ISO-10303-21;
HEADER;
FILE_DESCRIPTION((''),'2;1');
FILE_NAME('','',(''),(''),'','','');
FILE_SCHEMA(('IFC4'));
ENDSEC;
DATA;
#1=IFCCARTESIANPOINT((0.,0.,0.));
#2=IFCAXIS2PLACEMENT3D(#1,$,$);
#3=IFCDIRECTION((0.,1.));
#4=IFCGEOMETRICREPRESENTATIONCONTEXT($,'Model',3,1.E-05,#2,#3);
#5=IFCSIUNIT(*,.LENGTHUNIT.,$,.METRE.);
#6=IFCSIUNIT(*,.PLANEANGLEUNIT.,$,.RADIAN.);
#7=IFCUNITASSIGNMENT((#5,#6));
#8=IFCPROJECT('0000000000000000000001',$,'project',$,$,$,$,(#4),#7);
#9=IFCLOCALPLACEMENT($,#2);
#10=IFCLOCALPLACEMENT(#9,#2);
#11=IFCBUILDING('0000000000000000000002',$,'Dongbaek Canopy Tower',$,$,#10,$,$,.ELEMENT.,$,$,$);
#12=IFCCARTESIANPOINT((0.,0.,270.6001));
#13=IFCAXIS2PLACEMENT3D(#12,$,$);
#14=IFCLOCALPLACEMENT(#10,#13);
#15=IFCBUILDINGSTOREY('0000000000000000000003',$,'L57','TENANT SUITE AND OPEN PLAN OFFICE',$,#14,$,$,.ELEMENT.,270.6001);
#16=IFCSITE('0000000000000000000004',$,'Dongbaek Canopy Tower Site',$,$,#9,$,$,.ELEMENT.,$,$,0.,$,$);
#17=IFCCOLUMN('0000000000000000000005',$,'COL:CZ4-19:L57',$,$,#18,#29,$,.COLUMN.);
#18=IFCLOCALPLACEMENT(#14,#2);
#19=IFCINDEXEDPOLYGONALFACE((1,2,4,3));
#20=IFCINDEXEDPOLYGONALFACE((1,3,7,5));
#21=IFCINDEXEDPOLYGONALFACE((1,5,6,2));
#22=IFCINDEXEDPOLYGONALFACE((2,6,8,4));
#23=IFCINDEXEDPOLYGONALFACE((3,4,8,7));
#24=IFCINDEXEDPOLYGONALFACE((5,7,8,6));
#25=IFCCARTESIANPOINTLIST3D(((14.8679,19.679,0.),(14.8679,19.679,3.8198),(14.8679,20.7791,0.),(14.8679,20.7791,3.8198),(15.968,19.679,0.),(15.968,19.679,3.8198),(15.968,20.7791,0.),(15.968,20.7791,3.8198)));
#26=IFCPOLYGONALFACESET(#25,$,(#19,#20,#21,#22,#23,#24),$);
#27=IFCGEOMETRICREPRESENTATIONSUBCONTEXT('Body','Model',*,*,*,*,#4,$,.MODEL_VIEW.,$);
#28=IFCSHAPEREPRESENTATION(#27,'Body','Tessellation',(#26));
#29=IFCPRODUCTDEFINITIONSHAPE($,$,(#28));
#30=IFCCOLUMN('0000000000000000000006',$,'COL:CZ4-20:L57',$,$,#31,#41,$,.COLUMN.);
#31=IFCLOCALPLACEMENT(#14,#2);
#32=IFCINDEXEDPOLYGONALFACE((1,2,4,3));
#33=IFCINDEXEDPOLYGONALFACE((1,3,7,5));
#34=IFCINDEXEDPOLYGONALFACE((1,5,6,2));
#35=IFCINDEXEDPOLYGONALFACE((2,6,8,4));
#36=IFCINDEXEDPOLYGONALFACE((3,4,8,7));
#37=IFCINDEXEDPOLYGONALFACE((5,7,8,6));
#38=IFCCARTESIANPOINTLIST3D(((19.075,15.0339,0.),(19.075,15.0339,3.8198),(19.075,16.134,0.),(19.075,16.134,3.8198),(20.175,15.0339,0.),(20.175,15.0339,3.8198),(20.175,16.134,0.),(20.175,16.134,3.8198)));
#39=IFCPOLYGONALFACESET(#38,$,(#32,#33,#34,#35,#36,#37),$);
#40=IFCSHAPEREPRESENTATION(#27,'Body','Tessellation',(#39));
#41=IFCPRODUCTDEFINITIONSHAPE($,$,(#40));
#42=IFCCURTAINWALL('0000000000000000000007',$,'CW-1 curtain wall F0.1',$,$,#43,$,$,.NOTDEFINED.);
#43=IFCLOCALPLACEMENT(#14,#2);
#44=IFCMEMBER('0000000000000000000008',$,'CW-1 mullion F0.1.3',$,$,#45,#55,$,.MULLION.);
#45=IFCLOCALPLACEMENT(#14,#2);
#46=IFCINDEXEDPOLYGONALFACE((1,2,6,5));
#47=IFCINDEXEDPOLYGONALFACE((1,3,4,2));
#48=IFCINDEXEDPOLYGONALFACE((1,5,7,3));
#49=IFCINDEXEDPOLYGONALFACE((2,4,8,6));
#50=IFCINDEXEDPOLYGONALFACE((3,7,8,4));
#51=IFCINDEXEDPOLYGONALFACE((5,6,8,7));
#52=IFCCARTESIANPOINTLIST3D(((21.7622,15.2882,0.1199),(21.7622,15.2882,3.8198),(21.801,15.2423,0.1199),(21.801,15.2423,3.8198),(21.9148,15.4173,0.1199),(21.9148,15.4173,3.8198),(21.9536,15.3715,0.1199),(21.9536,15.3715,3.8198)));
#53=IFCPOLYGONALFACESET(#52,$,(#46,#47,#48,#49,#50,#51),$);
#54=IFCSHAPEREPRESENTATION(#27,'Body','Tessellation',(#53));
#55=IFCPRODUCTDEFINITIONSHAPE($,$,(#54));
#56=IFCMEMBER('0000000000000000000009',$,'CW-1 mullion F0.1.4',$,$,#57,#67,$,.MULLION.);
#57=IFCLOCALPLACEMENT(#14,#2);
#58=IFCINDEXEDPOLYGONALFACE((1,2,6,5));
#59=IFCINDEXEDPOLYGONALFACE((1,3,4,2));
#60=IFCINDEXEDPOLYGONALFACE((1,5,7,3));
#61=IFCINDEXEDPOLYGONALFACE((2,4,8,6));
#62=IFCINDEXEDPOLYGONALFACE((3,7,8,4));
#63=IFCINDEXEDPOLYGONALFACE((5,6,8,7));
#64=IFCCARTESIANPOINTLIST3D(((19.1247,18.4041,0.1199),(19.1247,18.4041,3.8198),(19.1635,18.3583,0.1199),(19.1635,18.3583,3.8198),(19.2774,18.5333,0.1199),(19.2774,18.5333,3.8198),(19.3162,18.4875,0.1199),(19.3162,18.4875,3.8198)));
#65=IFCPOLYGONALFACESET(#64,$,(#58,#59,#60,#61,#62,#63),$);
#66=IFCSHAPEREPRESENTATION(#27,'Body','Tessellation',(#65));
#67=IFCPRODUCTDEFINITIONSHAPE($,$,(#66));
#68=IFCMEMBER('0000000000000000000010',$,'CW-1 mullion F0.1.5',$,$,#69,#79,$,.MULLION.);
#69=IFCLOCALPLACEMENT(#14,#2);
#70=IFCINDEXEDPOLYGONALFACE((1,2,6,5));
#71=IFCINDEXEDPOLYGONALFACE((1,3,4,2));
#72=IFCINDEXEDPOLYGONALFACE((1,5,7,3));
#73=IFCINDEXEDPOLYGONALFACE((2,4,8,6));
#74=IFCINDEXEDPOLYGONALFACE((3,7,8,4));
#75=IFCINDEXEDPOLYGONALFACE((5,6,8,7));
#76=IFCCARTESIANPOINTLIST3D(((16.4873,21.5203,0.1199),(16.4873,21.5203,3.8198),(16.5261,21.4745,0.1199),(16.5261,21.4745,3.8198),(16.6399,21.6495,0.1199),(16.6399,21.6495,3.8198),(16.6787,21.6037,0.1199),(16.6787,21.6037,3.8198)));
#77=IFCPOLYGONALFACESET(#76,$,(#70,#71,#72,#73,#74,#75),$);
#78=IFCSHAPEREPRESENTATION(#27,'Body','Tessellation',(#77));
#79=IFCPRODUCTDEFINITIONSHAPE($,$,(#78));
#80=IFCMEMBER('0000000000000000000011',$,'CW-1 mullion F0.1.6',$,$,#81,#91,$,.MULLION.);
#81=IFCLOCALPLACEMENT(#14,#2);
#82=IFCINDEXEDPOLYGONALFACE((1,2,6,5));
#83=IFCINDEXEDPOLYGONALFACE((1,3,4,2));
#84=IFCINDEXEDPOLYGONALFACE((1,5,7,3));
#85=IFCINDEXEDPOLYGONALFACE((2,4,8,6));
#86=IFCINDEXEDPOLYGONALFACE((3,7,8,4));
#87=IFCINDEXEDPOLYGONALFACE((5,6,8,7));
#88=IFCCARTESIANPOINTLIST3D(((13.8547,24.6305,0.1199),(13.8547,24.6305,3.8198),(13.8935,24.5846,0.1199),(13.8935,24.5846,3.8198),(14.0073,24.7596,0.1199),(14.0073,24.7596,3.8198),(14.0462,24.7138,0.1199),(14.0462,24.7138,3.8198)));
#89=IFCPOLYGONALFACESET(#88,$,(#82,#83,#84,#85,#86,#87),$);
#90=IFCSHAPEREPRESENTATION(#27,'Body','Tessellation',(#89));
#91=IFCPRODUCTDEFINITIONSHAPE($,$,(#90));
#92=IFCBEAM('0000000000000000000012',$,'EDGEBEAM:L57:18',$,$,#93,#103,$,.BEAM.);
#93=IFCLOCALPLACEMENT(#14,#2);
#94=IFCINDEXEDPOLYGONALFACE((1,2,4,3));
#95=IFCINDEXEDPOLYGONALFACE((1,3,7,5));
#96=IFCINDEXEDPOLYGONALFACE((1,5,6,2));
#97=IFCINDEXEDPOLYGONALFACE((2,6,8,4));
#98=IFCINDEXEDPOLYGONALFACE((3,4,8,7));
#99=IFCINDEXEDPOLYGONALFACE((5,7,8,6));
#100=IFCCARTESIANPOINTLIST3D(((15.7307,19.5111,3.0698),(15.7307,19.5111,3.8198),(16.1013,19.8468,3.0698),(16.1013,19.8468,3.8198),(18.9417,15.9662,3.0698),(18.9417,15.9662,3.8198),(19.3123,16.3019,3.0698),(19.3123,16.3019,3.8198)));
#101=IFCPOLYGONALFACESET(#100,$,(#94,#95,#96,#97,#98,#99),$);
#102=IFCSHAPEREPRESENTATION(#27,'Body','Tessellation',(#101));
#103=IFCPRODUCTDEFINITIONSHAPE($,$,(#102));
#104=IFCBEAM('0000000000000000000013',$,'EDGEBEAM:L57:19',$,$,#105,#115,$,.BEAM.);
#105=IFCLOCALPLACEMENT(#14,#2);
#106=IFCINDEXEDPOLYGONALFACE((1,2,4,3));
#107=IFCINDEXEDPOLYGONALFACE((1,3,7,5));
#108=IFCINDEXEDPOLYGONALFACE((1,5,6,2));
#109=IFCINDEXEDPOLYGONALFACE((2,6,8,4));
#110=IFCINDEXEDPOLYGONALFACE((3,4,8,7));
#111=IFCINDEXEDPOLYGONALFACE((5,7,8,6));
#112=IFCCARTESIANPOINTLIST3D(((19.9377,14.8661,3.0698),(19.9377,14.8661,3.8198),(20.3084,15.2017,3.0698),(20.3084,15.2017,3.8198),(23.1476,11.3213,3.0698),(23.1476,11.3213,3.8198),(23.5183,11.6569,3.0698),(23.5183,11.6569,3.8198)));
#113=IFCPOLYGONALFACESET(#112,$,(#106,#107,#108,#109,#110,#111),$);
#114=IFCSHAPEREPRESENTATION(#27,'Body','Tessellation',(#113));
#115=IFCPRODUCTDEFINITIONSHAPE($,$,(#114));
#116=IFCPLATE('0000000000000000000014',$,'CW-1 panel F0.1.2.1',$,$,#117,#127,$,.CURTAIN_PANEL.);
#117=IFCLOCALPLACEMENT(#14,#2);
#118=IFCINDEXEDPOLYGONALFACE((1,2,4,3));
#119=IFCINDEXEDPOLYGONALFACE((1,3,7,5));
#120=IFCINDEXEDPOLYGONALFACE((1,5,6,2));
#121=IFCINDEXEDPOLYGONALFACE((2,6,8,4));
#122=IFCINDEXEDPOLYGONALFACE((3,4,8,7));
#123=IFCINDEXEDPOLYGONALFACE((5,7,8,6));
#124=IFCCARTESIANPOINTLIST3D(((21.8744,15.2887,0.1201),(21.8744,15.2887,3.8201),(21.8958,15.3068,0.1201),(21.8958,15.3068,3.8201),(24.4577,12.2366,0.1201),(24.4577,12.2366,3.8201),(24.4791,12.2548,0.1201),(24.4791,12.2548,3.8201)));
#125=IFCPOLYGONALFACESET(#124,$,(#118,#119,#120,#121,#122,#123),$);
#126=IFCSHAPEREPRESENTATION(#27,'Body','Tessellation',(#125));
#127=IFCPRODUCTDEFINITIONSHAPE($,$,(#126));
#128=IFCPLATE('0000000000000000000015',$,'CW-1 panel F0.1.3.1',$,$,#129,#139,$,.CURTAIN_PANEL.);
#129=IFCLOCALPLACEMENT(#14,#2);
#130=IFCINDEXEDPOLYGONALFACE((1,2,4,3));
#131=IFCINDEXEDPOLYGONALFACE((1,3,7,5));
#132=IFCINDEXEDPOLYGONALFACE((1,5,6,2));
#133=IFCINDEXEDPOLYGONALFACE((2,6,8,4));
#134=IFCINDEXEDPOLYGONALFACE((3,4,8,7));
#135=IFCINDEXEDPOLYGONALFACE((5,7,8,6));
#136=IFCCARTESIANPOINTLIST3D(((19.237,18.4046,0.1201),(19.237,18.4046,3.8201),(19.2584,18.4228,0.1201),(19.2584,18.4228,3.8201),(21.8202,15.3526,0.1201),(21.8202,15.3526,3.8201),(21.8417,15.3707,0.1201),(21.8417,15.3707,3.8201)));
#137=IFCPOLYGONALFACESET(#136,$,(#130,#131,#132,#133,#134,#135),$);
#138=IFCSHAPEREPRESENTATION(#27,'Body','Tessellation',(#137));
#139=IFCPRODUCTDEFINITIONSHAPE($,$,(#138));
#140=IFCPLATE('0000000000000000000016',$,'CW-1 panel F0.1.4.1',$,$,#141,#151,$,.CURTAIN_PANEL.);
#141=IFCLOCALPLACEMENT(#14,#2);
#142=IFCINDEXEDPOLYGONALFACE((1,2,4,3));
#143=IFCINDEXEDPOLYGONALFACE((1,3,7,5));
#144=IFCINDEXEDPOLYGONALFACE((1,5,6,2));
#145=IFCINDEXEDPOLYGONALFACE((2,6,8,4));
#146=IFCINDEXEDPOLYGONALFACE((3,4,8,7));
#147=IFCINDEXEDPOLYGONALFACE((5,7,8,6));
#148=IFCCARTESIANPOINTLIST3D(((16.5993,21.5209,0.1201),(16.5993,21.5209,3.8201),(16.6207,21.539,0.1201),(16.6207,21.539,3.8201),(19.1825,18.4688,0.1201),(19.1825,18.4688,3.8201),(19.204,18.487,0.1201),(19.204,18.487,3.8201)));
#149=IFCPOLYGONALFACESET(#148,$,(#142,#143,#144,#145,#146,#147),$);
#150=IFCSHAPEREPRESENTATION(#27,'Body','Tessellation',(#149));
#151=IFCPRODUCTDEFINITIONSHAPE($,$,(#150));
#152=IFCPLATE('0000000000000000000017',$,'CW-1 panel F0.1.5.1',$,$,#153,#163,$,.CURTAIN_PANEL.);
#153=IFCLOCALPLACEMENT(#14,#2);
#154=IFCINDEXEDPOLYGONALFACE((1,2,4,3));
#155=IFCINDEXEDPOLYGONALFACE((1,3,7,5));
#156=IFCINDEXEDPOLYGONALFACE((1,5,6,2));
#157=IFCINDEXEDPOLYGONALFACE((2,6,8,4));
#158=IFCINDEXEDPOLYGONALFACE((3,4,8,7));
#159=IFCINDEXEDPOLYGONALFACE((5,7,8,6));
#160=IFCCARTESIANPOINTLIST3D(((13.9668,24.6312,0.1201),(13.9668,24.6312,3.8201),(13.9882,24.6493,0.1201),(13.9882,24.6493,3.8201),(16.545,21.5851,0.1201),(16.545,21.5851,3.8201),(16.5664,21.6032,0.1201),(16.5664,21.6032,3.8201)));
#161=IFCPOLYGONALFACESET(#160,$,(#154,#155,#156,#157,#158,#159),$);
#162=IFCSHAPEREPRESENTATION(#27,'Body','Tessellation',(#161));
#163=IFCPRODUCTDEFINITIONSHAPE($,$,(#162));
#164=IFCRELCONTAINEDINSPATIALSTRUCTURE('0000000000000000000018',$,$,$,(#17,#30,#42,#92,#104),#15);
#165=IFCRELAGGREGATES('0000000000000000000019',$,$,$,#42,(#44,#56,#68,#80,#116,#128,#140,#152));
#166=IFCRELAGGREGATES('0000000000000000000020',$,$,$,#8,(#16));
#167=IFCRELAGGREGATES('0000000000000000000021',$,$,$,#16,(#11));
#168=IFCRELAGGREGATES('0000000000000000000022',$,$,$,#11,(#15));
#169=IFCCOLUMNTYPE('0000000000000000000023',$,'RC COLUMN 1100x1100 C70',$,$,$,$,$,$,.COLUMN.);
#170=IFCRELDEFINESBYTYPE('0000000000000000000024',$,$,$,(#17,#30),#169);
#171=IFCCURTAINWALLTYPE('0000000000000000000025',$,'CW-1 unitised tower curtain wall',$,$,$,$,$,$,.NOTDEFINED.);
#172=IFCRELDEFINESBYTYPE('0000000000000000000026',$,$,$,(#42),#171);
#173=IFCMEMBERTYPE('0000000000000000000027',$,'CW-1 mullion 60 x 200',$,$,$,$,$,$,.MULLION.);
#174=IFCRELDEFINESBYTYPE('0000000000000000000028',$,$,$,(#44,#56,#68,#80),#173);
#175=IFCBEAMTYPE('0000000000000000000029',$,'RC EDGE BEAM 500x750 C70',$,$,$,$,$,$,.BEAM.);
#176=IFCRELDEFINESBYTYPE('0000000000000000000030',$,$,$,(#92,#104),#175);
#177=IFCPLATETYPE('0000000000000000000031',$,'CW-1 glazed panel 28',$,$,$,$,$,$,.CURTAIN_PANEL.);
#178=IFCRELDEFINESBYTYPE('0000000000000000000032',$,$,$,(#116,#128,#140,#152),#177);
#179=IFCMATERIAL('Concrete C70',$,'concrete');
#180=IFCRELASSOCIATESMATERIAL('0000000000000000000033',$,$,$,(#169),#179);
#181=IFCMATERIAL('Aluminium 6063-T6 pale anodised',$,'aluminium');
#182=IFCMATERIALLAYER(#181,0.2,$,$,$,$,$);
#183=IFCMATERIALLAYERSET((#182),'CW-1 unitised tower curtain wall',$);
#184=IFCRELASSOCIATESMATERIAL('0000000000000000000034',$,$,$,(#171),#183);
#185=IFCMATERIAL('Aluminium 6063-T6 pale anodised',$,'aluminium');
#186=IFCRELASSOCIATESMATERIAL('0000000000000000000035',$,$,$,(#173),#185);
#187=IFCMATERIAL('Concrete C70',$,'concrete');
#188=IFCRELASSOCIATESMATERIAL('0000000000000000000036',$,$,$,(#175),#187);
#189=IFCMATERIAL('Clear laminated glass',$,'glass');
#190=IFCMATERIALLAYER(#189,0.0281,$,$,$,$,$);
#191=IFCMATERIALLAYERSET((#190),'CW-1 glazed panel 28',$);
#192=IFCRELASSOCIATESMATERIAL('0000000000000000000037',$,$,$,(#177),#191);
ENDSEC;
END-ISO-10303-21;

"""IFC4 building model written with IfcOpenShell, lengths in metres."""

from ifc_helpers import new_model, si_unit, direction, frame, origin, origin_2d, place, context, subcontext, project, spatial, rectangle, extrude, material, layer, layer_set, material_profile, profile_set, type_object, element, aggregate, save


model = new_model("IFC4")

# Units and contexts
model_context = context("Model", 3, precision=1e-05, world=origin(), true_north=direction((0.0, 1.0)))
body_context = subcontext(model_context, "Body", "Model", "MODEL_VIEW")
ifc_project = project(units=[si_unit("LENGTHUNIT", "METRE"), si_unit("PLANEANGLEUNIT", "RADIAN")], contexts=[model_context])

# Site, building, storey
site_placement = place(None, origin())
site = spatial("IfcSite", under=ifc_project, at=site_placement, Name="Dongbaek Canopy Tower Site", CompositionType="ELEMENT", RefElevation=0.0)
building_placement = place(site_placement, origin())
building = spatial("IfcBuilding", under=site, at=building_placement, Name="Dongbaek Canopy Tower", CompositionType="ELEMENT")
storey_placement = place(building_placement, frame((0.0, 0.0, 270.6001)))
storey = spatial("IfcBuildingStorey", under=building, at=storey_placement, Name="L57", Description="TENANT SUITE AND OPEN PLAN OFFICE", CompositionType="ELEMENT", Elevation=270.6001)

# Columns
ifc_material_1 = material(Name="Concrete C70", Category="concrete")
ifc_material_profile_1 = material_profile(ifc_material_1, rectangle(XDim=1.1001, YDim=1.1001, at=origin_2d()), Name="RC COLUMN 1100x1100 C70")
ifc_profile_set_1 = profile_set([ifc_material_profile_1], Name="Concrete C70")
column_type = type_object("IfcColumnType", Name="RC COLUMN 1100x1100 C70", PredefinedType="COLUMN", material=ifc_profile_set_1)
for number, where, z_axis, x_axis, name in (
    (1, (15.418, 20.229, 0.0), (0.0, 0.0, 1.0), (1.0, 0.0, 0.0), "COL:CZ4-19:L57"),
    (2, (19.625, 15.584, 0.0), (0.0, 0.0, 1.0), (1.0, 0.0, 0.0), "COL:CZ4-20:L57"),
):
    element("IfcColumn", number, at=place(storey_placement, frame(where, z_axis=z_axis, x_axis=x_axis)), inside=storey, type_object=column_type, Name=name, PredefinedType="COLUMN", context=body_context, shape_type="SweptSolid", body=[
        extrude(rectangle(XDim=1.1001, YDim=1.1001, at=origin_2d()), origin(), (0.0, 0.0, 1.0), 3.8198),
    ])

# Curtain wall, members
ifc_material_2 = material(Name="Aluminium 6063-T6 pale anodised", Category="aluminium")
ifc_layer_1 = layer(ifc_material_2, 0.2)
ifc_layer_set_1 = layer_set([ifc_layer_1], Name="CW-1 unitised tower curtain wall")
curtain_wall_type = type_object("IfcCurtainWallType", Name="CW-1 unitised tower curtain wall", PredefinedType="NOTDEFINED", material=ifc_layer_set_1)
curtain_wall_1_placement = place(storey_placement, origin())
curtain_wall_1 = element("IfcCurtainWall", 3, at=curtain_wall_1_placement, inside=storey, type_object=curtain_wall_type, Name="CW-1 curtain wall F0.1", PredefinedType="NOTDEFINED")
ifc_material_3 = material(Name="Aluminium 6063-T6 pale anodised", Category="aluminium")
ifc_material_profile_2 = material_profile(ifc_material_3, rectangle(XDim=0.2, YDim=0.0601, at=origin_2d()), Name="CW-1 mullion 60 x 200")
ifc_profile_set_2 = profile_set([ifc_material_profile_2], Name="Aluminium 6063-T6 pale anodised")
member_type = type_object("IfcMemberType", Name="CW-1 mullion 60 x 200", PredefinedType="MULLION", material=ifc_profile_set_2)
member_1_placement = place(storey_placement, frame((21.8579, 15.3298, 0.1199), z_axis=(0.0, 0.0, 1.0), x_axis=(0.763291, 0.646055, 0.0)))
member_1 = element("IfcMember", 4, at=member_1_placement, type_object=member_type, Name="CW-1 mullion F0.1.3", PredefinedType="MULLION", context=body_context, shape_type="SweptSolid", body=[
    extrude(rectangle(XDim=0.2, YDim=0.0601, at=origin_2d()), origin(), (0.0, 0.0, 1.0), 3.7),
])
member_2_placement = place(storey_placement, frame((19.2205, 18.4458, 0.1199), z_axis=(0.0, 0.0, 1.0), x_axis=(0.763291, 0.646055, 0.0)))
member_2 = element("IfcMember", 5, at=member_2_placement, type_object=member_type, Name="CW-1 mullion F0.1.4", PredefinedType="MULLION", context=body_context, shape_type="SweptSolid", body=[
    extrude(rectangle(XDim=0.2, YDim=0.0601, at=origin_2d()), origin(), (0.0, 0.0, 1.0), 3.7),
])
member_3_placement = place(storey_placement, frame((16.583, 21.562, 0.1199), z_axis=(0.0, 0.0, 1.0), x_axis=(0.763291, 0.646055, 0.0)))
member_3 = element("IfcMember", 6, at=member_3_placement, type_object=member_type, Name="CW-1 mullion F0.1.5", PredefinedType="MULLION", context=body_context, shape_type="SweptSolid", body=[
    extrude(rectangle(XDim=0.2, YDim=0.0601, at=origin_2d()), origin(), (0.0, 0.0, 1.0), 3.7),
])
member_4_placement = place(storey_placement, frame((13.9504, 24.6721, 0.1199), z_axis=(0.0, 0.0, 1.0), x_axis=(0.763291, 0.646055, 0.0)))
member_4 = element("IfcMember", 7, at=member_4_placement, type_object=member_type, Name="CW-1 mullion F0.1.6", PredefinedType="MULLION", context=body_context, shape_type="SweptSolid", body=[
    extrude(rectangle(XDim=0.2, YDim=0.0601, at=origin_2d()), origin(), (0.0, 0.0, 1.0), 3.7),
])

# Beams
ifc_material_4 = material(Name="Concrete C70", Category="concrete")
ifc_material_profile_3 = material_profile(ifc_material_4, rectangle(XDim=0.5, YDim=0.75, at=origin_2d()), Name="RC EDGE BEAM 500x750 C70")
ifc_profile_set_3 = profile_set([ifc_material_profile_3], Name="Concrete C70")
beam_type = type_object("IfcBeamType", Name="RC EDGE BEAM 500x750 C70", PredefinedType="BEAM", material=ifc_profile_set_3)
beam_1_placement = place(storey_placement, frame((15.916, 19.679, 3.4448), z_axis=(0.67133, -0.741158, 0.0), x_axis=(0.741158, 0.67133, 0.0)))
element("IfcBeam", 8, at=beam_1_placement, inside=storey, type_object=beam_type, Name="EDGEBEAM:L57:18", PredefinedType="BEAM", context=body_context, shape_type="SweptSolid", body=[
    extrude(rectangle(XDim=0.5, YDim=0.75, at=origin_2d()), origin(), (0.0, 0.0, 1.0), 4.783),
])
beam_2_placement = place(storey_placement, frame((20.123, 15.0339, 3.4448), z_axis=(0.671218, -0.74126, 0.0), x_axis=(0.74126, 0.671218, 0.0)))
element("IfcBeam", 9, at=beam_2_placement, inside=storey, type_object=beam_type, Name="EDGEBEAM:L57:19", PredefinedType="BEAM", context=body_context, shape_type="SweptSolid", body=[
    extrude(rectangle(XDim=0.5, YDim=0.75, at=origin_2d()), origin(), (0.0, 0.0, 1.0), 4.7822),
])

# Plates
ifc_material_5 = material(Name="Clear laminated glass", Category="glass")
ifc_layer_2 = layer(ifc_material_5, 0.0281)
ifc_layer_set_2 = layer_set([ifc_layer_2], Name="CW-1 glazed panel 28")
plate_type = type_object("IfcPlateType", Name="CW-1 glazed panel 28", PredefinedType="CURTAIN_PANEL", material=ifc_layer_set_2)
plate_1_placement = place(storey_placement, frame((23.1768, 13.7717, 0.1201), z_axis=(0.0, 0.0, 1.0), x_axis=(-0.646055, 0.763291, 0.0)))
plate_1 = element("IfcPlate", 10, at=plate_1_placement, type_object=plate_type, Name="CW-1 panel F0.1.2.1", PredefinedType="CURTAIN_PANEL", context=body_context, shape_type="SweptSolid", body=[
    extrude(rectangle(XDim=3.9985, YDim=0.0281, at=origin_2d()), origin(), (0.0, 0.0, 1.0), 3.7),
])
plate_2_placement = place(storey_placement, frame((20.5393, 16.8877, 0.1201), z_axis=(0.0, 0.0, 1.0), x_axis=(-0.646055, 0.763291, 0.0)))
plate_2 = element("IfcPlate", 11, at=plate_2_placement, type_object=plate_type, Name="CW-1 panel F0.1.3.1", PredefinedType="CURTAIN_PANEL", context=body_context, shape_type="SweptSolid", body=[
    extrude(rectangle(XDim=3.9985, YDim=0.0281, at=origin_2d()), origin(), (0.0, 0.0, 1.0), 3.7),
])
plate_3_placement = place(storey_placement, frame((17.9016, 20.0039, 0.1201), z_axis=(0.0, 0.0, 1.0), x_axis=(-0.646055, 0.763291, 0.0)))
plate_3 = element("IfcPlate", 12, at=plate_3_placement, type_object=plate_type, Name="CW-1 panel F0.1.4.1", PredefinedType="CURTAIN_PANEL", context=body_context, shape_type="SweptSolid", body=[
    extrude(rectangle(XDim=3.9985, YDim=0.0281, at=origin_2d()), origin(), (0.0, 0.0, 1.0), 3.7),
])
plate_4_placement = place(storey_placement, frame((15.2666, 23.1172, 0.1201), z_axis=(0.0, 0.0, 1.0), x_axis=(-0.646055, 0.763291, 0.0)))
plate_4 = element("IfcPlate", 13, at=plate_4_placement, type_object=plate_type, Name="CW-1 panel F0.1.5.1", PredefinedType="CURTAIN_PANEL", context=body_context, shape_type="SweptSolid", body=[
    extrude(rectangle(XDim=3.9907, YDim=0.0281, at=origin_2d()), origin(), (0.0, 0.0, 1.0), 3.7),
])

aggregate(curtain_wall_1, [member_1, member_2, member_3, member_4, plate_1, plate_2, plate_3, plate_4])

save(model, "model.ifc")
